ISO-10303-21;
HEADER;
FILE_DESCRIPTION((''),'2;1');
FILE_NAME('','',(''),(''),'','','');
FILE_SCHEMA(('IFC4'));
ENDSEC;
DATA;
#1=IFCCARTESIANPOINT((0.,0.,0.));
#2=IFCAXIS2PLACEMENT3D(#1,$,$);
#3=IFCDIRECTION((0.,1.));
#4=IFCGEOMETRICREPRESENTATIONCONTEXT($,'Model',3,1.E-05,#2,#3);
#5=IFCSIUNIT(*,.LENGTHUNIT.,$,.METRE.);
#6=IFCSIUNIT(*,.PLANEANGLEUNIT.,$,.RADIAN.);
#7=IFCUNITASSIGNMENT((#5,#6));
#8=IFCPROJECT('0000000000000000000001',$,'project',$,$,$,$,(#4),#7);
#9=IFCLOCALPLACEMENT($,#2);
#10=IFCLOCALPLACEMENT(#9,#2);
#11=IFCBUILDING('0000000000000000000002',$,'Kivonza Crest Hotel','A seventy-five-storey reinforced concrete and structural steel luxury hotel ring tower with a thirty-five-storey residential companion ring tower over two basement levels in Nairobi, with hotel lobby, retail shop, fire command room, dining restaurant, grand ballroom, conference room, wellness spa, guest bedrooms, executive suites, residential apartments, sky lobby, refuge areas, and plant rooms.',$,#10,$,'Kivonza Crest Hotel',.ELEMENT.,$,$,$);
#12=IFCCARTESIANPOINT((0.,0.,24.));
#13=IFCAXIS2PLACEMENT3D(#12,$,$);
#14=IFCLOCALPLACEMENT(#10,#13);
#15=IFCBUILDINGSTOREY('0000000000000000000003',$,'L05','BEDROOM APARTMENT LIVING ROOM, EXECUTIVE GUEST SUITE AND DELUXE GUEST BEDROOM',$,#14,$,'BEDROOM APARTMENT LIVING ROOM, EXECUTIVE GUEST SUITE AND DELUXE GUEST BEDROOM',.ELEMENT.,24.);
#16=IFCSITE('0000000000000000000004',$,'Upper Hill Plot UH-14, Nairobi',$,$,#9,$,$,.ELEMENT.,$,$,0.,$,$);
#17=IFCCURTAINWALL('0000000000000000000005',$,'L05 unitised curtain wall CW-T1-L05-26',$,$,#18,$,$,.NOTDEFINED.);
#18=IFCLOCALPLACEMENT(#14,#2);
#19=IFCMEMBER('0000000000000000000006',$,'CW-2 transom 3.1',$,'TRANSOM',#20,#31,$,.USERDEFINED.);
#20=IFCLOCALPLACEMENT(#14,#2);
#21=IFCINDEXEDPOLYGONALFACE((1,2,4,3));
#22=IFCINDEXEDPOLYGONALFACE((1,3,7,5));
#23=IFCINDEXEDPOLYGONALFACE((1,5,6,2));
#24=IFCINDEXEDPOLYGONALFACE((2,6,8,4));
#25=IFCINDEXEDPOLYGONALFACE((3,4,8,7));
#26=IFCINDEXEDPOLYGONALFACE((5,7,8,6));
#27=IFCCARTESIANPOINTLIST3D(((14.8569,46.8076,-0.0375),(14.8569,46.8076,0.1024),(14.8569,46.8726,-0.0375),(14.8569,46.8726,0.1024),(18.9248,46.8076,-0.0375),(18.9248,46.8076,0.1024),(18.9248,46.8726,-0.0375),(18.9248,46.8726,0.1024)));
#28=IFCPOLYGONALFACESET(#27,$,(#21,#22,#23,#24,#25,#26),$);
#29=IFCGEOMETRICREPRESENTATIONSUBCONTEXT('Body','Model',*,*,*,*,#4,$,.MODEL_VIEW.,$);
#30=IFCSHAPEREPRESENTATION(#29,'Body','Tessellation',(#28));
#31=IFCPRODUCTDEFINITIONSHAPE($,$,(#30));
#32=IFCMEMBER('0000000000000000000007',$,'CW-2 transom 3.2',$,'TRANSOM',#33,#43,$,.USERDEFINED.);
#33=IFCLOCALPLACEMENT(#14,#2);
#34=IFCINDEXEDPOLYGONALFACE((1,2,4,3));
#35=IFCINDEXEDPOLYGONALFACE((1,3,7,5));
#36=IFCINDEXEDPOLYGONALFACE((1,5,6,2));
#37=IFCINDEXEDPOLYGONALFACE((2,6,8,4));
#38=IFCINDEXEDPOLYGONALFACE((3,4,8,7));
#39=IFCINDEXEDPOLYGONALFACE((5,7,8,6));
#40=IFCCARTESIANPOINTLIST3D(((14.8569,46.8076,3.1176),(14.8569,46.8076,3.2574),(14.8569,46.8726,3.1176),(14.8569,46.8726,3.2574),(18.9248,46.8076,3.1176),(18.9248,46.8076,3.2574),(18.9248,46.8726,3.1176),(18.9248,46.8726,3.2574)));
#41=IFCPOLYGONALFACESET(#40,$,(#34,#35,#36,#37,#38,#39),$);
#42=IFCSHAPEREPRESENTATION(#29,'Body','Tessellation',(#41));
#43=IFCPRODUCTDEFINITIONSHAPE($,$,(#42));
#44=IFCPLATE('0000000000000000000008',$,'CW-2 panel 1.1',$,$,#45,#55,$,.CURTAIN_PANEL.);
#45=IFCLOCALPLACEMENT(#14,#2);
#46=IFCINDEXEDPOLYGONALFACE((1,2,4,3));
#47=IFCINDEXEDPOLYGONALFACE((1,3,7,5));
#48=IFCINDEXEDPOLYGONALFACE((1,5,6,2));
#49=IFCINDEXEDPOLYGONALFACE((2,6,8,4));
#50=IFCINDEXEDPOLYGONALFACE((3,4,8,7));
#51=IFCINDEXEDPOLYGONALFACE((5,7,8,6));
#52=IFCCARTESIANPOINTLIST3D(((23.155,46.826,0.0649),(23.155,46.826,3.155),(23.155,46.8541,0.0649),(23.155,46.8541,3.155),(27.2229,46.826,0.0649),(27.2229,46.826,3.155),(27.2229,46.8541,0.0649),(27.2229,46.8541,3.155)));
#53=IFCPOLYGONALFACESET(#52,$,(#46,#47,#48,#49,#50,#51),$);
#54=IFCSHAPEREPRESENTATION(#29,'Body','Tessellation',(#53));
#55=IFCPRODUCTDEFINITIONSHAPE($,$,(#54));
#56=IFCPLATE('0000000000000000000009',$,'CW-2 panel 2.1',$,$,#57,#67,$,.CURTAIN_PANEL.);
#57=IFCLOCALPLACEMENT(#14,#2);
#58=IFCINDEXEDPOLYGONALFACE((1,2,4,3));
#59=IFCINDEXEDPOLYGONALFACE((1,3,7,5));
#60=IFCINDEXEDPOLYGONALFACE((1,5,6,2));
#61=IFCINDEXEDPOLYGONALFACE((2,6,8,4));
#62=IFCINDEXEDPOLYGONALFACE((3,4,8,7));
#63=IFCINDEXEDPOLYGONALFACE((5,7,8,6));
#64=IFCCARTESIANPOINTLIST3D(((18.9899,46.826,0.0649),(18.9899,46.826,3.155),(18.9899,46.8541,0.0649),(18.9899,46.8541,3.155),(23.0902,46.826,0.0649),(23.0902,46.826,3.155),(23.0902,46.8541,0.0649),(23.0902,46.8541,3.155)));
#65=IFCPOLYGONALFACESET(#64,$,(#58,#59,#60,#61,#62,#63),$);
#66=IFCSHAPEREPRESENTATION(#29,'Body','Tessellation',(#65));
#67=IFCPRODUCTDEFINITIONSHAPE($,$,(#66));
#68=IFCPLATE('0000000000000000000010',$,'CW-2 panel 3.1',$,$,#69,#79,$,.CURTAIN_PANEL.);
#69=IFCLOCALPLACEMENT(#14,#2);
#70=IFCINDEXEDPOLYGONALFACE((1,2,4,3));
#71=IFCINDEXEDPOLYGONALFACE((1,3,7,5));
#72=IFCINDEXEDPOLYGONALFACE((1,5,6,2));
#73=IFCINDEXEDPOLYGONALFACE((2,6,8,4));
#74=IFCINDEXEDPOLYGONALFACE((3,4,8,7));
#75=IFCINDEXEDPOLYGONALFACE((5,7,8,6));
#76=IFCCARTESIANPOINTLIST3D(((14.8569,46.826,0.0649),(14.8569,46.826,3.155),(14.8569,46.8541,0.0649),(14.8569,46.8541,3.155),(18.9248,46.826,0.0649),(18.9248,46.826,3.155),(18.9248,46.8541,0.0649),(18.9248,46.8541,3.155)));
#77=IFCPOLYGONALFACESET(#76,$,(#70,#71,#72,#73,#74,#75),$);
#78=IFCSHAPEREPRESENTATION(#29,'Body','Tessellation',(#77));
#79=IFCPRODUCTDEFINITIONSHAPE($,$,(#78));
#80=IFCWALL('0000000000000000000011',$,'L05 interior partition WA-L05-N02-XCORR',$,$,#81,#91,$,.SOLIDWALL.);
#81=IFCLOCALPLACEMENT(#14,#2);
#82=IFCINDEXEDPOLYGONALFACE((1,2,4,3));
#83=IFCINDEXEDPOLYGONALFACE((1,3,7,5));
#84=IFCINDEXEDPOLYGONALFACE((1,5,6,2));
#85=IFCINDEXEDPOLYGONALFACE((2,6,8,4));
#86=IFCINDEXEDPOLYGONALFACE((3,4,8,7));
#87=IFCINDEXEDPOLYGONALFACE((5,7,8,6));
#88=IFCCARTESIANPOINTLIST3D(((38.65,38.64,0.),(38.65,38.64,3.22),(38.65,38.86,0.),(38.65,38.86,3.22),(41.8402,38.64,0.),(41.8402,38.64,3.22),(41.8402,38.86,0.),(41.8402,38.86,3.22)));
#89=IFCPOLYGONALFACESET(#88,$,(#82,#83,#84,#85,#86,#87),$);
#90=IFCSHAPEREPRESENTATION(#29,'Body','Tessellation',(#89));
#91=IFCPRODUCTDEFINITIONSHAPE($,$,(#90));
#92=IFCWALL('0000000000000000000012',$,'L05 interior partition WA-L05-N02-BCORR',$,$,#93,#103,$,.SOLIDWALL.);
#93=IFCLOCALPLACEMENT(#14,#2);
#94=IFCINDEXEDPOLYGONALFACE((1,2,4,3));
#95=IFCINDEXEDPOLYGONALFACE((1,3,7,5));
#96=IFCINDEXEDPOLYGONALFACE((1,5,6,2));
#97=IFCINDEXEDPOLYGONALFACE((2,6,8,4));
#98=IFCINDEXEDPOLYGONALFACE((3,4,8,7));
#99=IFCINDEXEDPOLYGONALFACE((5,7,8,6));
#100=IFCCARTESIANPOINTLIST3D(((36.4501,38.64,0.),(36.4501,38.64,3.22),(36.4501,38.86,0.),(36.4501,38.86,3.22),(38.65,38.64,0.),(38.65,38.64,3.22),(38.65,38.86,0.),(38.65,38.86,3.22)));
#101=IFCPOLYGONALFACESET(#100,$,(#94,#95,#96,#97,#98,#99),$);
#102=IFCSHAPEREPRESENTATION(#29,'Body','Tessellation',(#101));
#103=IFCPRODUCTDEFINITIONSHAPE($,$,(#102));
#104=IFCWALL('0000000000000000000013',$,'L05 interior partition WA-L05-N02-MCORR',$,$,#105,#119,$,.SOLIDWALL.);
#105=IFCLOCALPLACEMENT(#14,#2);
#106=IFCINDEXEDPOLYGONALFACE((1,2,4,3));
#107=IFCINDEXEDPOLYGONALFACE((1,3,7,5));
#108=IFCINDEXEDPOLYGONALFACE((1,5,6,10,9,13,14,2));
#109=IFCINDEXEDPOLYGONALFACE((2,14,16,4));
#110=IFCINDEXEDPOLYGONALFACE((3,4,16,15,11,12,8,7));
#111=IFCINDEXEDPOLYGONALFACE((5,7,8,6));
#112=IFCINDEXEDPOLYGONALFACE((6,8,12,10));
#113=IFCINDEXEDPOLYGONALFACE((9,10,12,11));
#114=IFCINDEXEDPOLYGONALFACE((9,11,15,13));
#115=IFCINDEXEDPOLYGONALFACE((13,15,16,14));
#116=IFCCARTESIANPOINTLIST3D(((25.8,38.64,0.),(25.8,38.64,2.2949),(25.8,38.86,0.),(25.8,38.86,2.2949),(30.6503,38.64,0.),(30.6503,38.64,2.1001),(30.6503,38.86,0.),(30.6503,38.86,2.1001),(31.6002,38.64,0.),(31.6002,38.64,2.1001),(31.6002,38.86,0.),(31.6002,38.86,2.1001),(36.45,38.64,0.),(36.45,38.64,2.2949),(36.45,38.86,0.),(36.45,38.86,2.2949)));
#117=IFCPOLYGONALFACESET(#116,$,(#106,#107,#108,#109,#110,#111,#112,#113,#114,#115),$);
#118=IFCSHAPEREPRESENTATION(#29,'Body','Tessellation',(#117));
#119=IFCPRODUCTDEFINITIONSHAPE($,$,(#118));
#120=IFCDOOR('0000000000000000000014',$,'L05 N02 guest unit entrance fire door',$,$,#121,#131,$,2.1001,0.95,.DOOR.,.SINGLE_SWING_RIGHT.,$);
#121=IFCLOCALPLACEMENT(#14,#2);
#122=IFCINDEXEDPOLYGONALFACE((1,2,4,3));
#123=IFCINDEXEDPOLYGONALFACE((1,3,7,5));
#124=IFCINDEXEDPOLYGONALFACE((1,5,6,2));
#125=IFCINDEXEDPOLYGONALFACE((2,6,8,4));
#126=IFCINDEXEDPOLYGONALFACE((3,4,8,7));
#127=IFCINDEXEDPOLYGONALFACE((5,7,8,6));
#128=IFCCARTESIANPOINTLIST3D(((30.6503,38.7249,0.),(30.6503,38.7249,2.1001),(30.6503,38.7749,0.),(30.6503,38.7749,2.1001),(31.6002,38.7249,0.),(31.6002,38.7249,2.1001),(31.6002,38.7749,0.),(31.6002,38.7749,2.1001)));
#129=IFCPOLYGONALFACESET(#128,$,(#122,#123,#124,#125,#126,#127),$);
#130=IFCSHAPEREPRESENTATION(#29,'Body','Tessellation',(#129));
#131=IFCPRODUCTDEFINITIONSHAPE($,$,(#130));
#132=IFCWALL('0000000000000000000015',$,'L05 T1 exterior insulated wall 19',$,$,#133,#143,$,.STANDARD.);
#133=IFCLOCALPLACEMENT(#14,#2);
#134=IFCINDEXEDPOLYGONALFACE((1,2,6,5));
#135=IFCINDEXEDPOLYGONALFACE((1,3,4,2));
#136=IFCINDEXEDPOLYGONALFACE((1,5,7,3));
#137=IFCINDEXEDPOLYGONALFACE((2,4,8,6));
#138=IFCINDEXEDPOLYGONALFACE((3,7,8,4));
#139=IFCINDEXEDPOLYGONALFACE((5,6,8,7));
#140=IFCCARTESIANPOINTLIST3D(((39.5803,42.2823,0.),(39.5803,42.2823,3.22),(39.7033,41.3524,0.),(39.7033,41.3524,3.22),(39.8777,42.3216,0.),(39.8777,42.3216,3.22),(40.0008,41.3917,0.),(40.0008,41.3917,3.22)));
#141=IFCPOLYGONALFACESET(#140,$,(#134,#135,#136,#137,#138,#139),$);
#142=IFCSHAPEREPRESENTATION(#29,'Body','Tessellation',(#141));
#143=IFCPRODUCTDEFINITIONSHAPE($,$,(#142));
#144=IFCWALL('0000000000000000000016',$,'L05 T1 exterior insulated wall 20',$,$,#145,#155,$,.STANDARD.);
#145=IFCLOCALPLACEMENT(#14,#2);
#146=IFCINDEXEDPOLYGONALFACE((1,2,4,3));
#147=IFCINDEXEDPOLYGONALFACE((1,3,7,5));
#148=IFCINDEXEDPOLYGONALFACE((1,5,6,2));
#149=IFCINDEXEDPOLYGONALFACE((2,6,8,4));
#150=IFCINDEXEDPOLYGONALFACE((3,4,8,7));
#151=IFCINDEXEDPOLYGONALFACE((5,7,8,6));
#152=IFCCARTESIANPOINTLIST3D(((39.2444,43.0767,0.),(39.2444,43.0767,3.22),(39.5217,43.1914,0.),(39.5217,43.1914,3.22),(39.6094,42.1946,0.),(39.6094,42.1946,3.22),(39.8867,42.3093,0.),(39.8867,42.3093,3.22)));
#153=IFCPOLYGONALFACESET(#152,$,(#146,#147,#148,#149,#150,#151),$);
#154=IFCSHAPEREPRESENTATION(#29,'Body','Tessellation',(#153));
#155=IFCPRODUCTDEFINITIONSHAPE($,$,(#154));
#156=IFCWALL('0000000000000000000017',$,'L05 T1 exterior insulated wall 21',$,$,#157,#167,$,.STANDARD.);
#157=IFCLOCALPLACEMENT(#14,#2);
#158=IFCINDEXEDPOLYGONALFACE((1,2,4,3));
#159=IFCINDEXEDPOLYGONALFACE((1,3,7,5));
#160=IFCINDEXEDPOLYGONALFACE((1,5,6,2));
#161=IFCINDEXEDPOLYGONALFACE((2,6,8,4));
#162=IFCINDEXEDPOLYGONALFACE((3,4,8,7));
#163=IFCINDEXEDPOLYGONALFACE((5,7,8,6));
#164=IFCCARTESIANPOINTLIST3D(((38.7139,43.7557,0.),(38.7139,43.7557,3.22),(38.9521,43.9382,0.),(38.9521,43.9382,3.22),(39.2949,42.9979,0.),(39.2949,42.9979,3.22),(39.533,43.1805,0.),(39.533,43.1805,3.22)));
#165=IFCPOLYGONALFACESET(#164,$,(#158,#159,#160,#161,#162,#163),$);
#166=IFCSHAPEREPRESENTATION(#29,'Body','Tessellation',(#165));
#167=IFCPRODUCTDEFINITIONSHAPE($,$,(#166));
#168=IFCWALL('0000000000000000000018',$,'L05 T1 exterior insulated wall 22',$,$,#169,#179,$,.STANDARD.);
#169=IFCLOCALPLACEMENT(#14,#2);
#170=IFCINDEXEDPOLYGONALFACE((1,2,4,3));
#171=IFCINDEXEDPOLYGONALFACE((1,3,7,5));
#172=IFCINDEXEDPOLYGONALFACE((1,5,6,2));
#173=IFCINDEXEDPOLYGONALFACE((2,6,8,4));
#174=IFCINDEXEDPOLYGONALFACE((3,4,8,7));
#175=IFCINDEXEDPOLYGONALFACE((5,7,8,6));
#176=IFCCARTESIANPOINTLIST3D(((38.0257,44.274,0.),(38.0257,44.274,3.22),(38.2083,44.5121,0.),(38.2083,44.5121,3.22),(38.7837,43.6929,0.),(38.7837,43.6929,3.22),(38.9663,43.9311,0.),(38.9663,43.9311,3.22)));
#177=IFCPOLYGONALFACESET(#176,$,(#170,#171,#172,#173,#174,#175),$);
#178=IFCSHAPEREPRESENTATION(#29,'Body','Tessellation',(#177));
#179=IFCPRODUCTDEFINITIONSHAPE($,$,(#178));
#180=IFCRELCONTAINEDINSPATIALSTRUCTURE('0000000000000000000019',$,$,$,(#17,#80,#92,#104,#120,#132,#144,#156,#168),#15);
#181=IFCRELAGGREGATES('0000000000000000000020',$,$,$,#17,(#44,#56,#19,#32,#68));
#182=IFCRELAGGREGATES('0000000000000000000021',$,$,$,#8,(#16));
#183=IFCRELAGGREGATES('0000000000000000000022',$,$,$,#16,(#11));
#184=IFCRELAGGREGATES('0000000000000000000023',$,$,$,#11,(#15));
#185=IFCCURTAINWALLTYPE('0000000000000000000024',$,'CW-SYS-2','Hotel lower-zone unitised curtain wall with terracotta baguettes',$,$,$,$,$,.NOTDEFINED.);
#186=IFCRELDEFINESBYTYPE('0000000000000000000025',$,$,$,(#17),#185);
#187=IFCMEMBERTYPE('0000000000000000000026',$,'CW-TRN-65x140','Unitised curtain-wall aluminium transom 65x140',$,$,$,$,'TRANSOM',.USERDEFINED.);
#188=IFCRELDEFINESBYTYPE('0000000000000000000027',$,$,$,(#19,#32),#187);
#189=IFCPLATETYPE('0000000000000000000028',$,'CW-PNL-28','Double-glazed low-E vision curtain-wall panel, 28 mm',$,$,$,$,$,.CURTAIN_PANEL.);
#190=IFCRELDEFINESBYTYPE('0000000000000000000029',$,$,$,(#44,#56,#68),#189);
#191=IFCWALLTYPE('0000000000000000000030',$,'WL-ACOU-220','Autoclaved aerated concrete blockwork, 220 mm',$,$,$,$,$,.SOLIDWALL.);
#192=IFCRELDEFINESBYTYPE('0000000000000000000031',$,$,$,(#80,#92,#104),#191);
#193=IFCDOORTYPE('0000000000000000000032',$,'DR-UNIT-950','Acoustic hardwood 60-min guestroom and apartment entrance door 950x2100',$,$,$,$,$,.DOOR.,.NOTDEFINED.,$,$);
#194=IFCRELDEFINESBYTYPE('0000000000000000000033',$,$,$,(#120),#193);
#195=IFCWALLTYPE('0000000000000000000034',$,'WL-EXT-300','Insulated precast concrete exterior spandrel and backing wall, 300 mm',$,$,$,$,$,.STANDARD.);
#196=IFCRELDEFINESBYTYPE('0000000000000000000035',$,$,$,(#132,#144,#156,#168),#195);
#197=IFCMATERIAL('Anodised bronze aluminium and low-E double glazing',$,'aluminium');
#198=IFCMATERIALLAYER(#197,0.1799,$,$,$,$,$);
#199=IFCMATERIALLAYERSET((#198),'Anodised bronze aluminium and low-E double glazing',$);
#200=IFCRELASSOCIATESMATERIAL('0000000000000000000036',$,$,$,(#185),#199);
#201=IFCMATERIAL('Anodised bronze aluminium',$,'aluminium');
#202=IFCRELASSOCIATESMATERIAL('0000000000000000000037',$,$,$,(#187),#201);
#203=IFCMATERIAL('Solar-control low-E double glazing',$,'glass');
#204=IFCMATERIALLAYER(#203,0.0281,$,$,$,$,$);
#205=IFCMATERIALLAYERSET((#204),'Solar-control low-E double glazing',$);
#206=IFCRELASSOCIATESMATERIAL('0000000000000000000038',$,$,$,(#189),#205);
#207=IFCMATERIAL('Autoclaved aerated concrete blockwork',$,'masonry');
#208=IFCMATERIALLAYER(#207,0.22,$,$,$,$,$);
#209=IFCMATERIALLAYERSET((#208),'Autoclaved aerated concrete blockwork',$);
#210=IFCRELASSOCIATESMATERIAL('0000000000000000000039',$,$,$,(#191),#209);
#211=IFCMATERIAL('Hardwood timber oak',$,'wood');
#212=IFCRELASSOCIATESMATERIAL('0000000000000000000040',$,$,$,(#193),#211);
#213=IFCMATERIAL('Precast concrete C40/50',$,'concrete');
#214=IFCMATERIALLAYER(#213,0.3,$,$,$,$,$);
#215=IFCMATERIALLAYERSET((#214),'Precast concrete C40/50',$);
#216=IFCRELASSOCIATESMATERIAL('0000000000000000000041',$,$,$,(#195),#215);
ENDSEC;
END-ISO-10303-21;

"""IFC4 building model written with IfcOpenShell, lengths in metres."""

from ifc_helpers import new_model, si_unit, direction, frame, frame_2d, origin, origin_2d, place, context, subcontext, project, spatial, rectangle, extrude, material, layer, layer_set, material_profile, profile_set, type_object, element, fill, aggregate, save


model = new_model("IFC4")

# Units and contexts
model_context = context("Model", 3, precision=1e-05, world=origin(), true_north=direction((0.0, 1.0)))
body_context = subcontext(model_context, "Body", "Model", "MODEL_VIEW")
ifc_project = project(units=[si_unit("LENGTHUNIT", "METRE"), si_unit("PLANEANGLEUNIT", "RADIAN")], contexts=[model_context])

# Site, building, storey
site_placement = place(None, origin())
site = spatial("IfcSite", under=ifc_project, at=site_placement, Name="Upper Hill Plot UH-14, Nairobi", CompositionType="ELEMENT", RefElevation=0.0)
building_placement = place(site_placement, origin())
building = spatial("IfcBuilding", under=site, at=building_placement, Name="Kivonza Crest Hotel", Description="A seventy-five-storey reinforced concrete and structural steel luxury hotel ring tower with a thirty-five-storey residential companion ring tower over two basement levels in Nairobi, with hotel lobby, retail shop, fire command room, dining restaurant, grand ballroom, conference room, wellness spa, guest bedrooms, executive suites, residential apartments, sky lobby, refuge areas, and plant rooms.", LongName="Kivonza Crest Hotel", CompositionType="ELEMENT")
storey_placement = place(building_placement, frame((0.0, 0.0, 24.0)))
storey = spatial("IfcBuildingStorey", under=building, at=storey_placement, Name="L05", Description="BEDROOM APARTMENT LIVING ROOM, EXECUTIVE GUEST SUITE AND DELUXE GUEST BEDROOM", LongName="BEDROOM APARTMENT LIVING ROOM, EXECUTIVE GUEST SUITE AND DELUXE GUEST BEDROOM", CompositionType="ELEMENT", Elevation=24.0)

# Curtain wall, members, plates
ifc_material_1 = material(Name="Anodised bronze aluminium and low-E double glazing", Category="aluminium")
ifc_layer_1 = layer(ifc_material_1, 0.1799)
ifc_layer_set_1 = layer_set([ifc_layer_1], Name="Anodised bronze aluminium and low-E double glazing")
curtain_wall_type = type_object("IfcCurtainWallType", Name="CW-SYS-2", Description="Hotel lower-zone unitised curtain wall with terracotta baguettes", PredefinedType="NOTDEFINED", material=ifc_layer_set_1)
curtain_wall_placement = place(storey_placement, origin())
curtain_wall = element("IfcCurtainWall", 1, at=curtain_wall_placement, inside=storey, type_object=curtain_wall_type, Name="L05 unitised curtain wall CW-T1-L05-26", PredefinedType="NOTDEFINED")
ifc_material_2 = material(Name="Anodised bronze aluminium", Category="aluminium")
ifc_material_profile_1 = material_profile(ifc_material_2, rectangle(XDim=0.0649, YDim=0.1399, at=origin_2d()), Name="CW-T 65x140")
ifc_profile_set_1 = profile_set([ifc_material_profile_1], Name="Anodised bronze aluminium")
member_type_1 = type_object("IfcMemberType", Name="CW-TRN-65x140", Description="Unitised curtain-wall aluminium transom 65x140", ElementType="TRANSOM", PredefinedType="USERDEFINED", material=ifc_profile_set_1)
member_1_placement = place(storey_placement, frame((18.9248, 46.8401, 0.0325), z_axis=(-1.0, 0.0, 0.0), x_axis=(0.0, -1.0, 0.0)))
member_1 = element("IfcMember", 2, at=member_1_placement, type_object=member_type_1, Name="CW-2 transom 3.1", ObjectType="TRANSOM", PredefinedType="USERDEFINED", context=body_context, shape_type="SweptSolid", body=[
    extrude(rectangle(XDim=0.0649, YDim=0.1399, at=origin_2d()), origin(), (0.0, 0.0, 1.0), 4.0679),
])
member_2_placement = place(storey_placement, frame((18.9248, 46.8401, 3.1875), z_axis=(-1.0, 0.0, 0.0), x_axis=(0.0, -1.0, 0.0)))
member_2 = element("IfcMember", 3, at=member_2_placement, type_object=member_type_1, Name="CW-2 transom 3.2", ObjectType="TRANSOM", PredefinedType="USERDEFINED", context=body_context, shape_type="SweptSolid", body=[
    extrude(rectangle(XDim=0.0649, YDim=0.1399, at=origin_2d()), origin(), (0.0, 0.0, 1.0), 4.0679),
])
ifc_material_3 = material(Name="Solar-control low-E double glazing", Category="glass")
ifc_layer_2 = layer(ifc_material_3, 0.0281)
ifc_layer_set_2 = layer_set([ifc_layer_2], Name="Solar-control low-E double glazing")
plate_type = type_object("IfcPlateType", Name="CW-PNL-28", Description="Double-glazed low-E vision curtain-wall panel, 28 mm", PredefinedType="CURTAIN_PANEL", material=ifc_layer_set_2)
plate_1_placement = place(storey_placement, frame((25.189, 46.8401, 0.0649), z_axis=(0.0, 0.0, 1.0), x_axis=(-1.0, 0.0, 0.0)))
plate_1 = element("IfcPlate", 4, at=plate_1_placement, type_object=plate_type, Name="CW-2 panel 1.1", PredefinedType="CURTAIN_PANEL", context=body_context, shape_type="SweptSolid", body=[
    extrude(rectangle(XDim=4.0679, YDim=0.0281, at=origin_2d()), origin(), (0.0, 0.0, 1.0), 3.0901),
])
plate_2_placement = place(storey_placement, frame((21.04, 46.8401, 0.0649), z_axis=(0.0, 0.0, 1.0), x_axis=(-1.0, 0.0, 0.0)))
plate_2 = element("IfcPlate", 5, at=plate_2_placement, type_object=plate_type, Name="CW-2 panel 2.1", PredefinedType="CURTAIN_PANEL", context=body_context, shape_type="SweptSolid", body=[
    extrude(rectangle(XDim=4.1003, YDim=0.0281, at=origin_2d()), origin(), (0.0, 0.0, 1.0), 3.0901),
])
plate_3_placement = place(storey_placement, frame((16.8909, 46.8401, 0.0649), z_axis=(0.0, 0.0, 1.0), x_axis=(-1.0, 0.0, 0.0)))
plate_3 = element("IfcPlate", 6, at=plate_3_placement, type_object=plate_type, Name="CW-2 panel 3.1", PredefinedType="CURTAIN_PANEL", context=body_context, shape_type="SweptSolid", body=[
    extrude(rectangle(XDim=4.0679, YDim=0.0281, at=origin_2d()), origin(), (0.0, 0.0, 1.0), 3.0901),
])
aggregate(curtain_wall, [plate_1, plate_2, member_1, member_2, plate_3])

# Walls
ifc_material_4 = material(Name="Autoclaved aerated concrete blockwork", Category="masonry")
ifc_layer_3 = layer(ifc_material_4, 0.22)
ifc_layer_set_3 = layer_set([ifc_layer_3], Name="Autoclaved aerated concrete blockwork")
wall_type_1 = type_object("IfcWallType", Name="WL-ACOU-220", Description="Autoclaved aerated concrete blockwork, 220 mm", PredefinedType="SOLIDWALL", material=ifc_layer_set_3)
wall_1_placement = place(storey_placement, frame((38.6499, 38.75, 0.0), z_axis=(0.0, 0.0, 1.0), x_axis=(1.0, 0.0, 0.0)))
element("IfcWall", 7, at=wall_1_placement, inside=storey, type_object=wall_type_1, Name="L05 interior partition WA-L05-N02-XCORR", PredefinedType="SOLIDWALL", context=body_context, shape_type="SweptSolid", body=[
    extrude(rectangle(XDim=3.1902, YDim=0.22, at=frame_2d((1.5952, 0.0))), origin(), (0.0, 0.0, 1.0), 3.22),
])
wall_2_placement = place(storey_placement, frame((36.45, 38.75, 0.0), z_axis=(0.0, 0.0, 1.0), x_axis=(1.0, 0.0, 0.0)))
element("IfcWall", 8, at=wall_2_placement, inside=storey, type_object=wall_type_1, Name="L05 interior partition WA-L05-N02-BCORR", PredefinedType="SOLIDWALL", context=body_context, shape_type="SweptSolid", body=[
    extrude(rectangle(XDim=2.2, YDim=0.22, at=frame_2d((1.1001, 0.0))), origin(), (0.0, 0.0, 1.0), 3.22),
])

# Wall, opening, door
wall_3_placement = place(storey_placement, frame((25.8, 38.75, 0.0), z_axis=(0.0, 0.0, 1.0), x_axis=(1.0, 0.0, 0.0)))
wall_3 = element("IfcWall", 9, at=wall_3_placement, inside=storey, type_object=wall_type_1, Name="L05 interior partition WA-L05-N02-MCORR", PredefinedType="SOLIDWALL", context=body_context, shape_type="SweptSolid", body=[
    extrude(rectangle(XDim=10.6499, YDim=0.22, at=frame_2d((5.325, 0.0))), origin(), (0.0, 0.0, 1.0), 2.2949),
])
opening_1_placement = place(wall_3_placement, frame((4.8501, 0.0, 0.0)))
opening_1 = element("IfcOpeningElement", 10, at=opening_1_placement, cuts=wall_3, PredefinedType="OPENING", context=body_context, shape_type="SweptSolid", body=[
    extrude(rectangle(XDim=0.95, YDim=2.1001, at=frame_2d((0.4751, 1.05))), frame((0.0, 0.1201, 0.0), z_axis=(0.0, -1.0, 0.0), x_axis=(1.0, 0.0, 0.0)), (0.0, 0.0, 1.0), 0.24),
])
ifc_material_5 = material(Name="Hardwood timber oak", Category="wood")
door_type_1 = type_object("IfcDoorType", Name="DR-UNIT-950", Description="Acoustic hardwood 60-min guestroom and apartment entrance door 950x2100", OperationType="NOTDEFINED", PredefinedType="DOOR", material=ifc_material_5)
door_1_placement = place(opening_1_placement, origin())
door_1 = element("IfcDoor", 11, at=door_1_placement, inside=storey, type_object=door_type_1, Name="L05 N02 guest unit entrance fire door", OperationType="SINGLE_SWING_RIGHT", OverallHeight=2.1001, OverallWidth=0.95, PredefinedType="DOOR", context=body_context, shape_type="SweptSolid", body=[
    extrude(rectangle(XDim=0.95, YDim=2.1001, at=frame_2d((0.4751, 1.05))), frame((0.0, 0.0249, 0.0), z_axis=(0.0, -1.0, 0.0), x_axis=(1.0, 0.0, 0.0)), (0.0, 0.0, 1.0), 0.05),
])
fill(opening_1, door_1)

# Walls
ifc_material_6 = material(Name="Precast concrete C40/50", Category="concrete")
ifc_layer_4 = layer(ifc_material_6, 0.3)
ifc_layer_set_4 = layer_set([ifc_layer_4], Name="Precast concrete C40/50")
wall_type_2 = type_object("IfcWallType", Name="WL-EXT-300", Description="Insulated precast concrete exterior spandrel and backing wall, 300 mm", PredefinedType="STANDARD", material=ifc_layer_set_4)
wall_4_placement = place(storey_placement, frame((39.8521, 41.3721, 0.0), z_axis=(0.0, 0.0, 1.0), x_axis=(-0.131175, 0.991359, 0.0)))
element("IfcWall", 12, at=wall_4_placement, inside=storey, type_object=wall_type_2, Name="L05 T1 exterior insulated wall 19", PredefinedType="STANDARD", context=body_context, shape_type="SweptSolid", body=[
    extrude(rectangle(XDim=0.938, YDim=0.3, at=frame_2d((0.469, 0.0))), origin(), (0.0, 0.0, 1.0), 3.22),
])
wall_5_placement = place(storey_placement, frame((39.748, 42.252, 0.0), z_axis=(0.0, 0.0, 1.0), x_axis=(-0.382344, 0.92402, 0.0)))
element("IfcWall", 13, at=wall_5_placement, inside=storey, type_object=wall_type_2, Name="L05 T1 exterior insulated wall 20", PredefinedType="STANDARD", context=body_context, shape_type="SweptSolid", body=[
    extrude(rectangle(XDim=0.9546, YDim=0.3, at=frame_2d((0.4773, 0.0))), origin(), (0.0, 0.0, 1.0), 3.22),
])
wall_6_placement = place(storey_placement, frame((39.4141, 43.0891, 0.0), z_axis=(0.0, 0.0, 1.0), x_axis=(-0.608474, 0.793573, 0.0)))
element("IfcWall", 14, at=wall_6_placement, inside=storey, type_object=wall_type_2, Name="L05 T1 exterior insulated wall 21", PredefinedType="STANDARD", context=body_context, shape_type="SweptSolid", body=[
    extrude(rectangle(XDim=0.9548, YDim=0.3, at=frame_2d((0.4775, 0.0))), origin(), (0.0, 0.0, 1.0), 3.22),
])
wall_7_placement = place(storey_placement, frame((38.875, 43.812, 0.0), z_axis=(0.0, 0.0, 1.0), x_axis=(-0.793668, 0.608351, 0.0)))
element("IfcWall", 15, at=wall_7_placement, inside=storey, type_object=wall_type_2, Name="L05 T1 exterior insulated wall 22", PredefinedType="STANDARD", context=body_context, shape_type="SweptSolid", body=[
    extrude(rectangle(XDim=0.9551, YDim=0.3, at=frame_2d((0.4775, 0.0))), origin(), (0.0, 0.0, 1.0), 3.22),
])

save(model, "model.ifc")
